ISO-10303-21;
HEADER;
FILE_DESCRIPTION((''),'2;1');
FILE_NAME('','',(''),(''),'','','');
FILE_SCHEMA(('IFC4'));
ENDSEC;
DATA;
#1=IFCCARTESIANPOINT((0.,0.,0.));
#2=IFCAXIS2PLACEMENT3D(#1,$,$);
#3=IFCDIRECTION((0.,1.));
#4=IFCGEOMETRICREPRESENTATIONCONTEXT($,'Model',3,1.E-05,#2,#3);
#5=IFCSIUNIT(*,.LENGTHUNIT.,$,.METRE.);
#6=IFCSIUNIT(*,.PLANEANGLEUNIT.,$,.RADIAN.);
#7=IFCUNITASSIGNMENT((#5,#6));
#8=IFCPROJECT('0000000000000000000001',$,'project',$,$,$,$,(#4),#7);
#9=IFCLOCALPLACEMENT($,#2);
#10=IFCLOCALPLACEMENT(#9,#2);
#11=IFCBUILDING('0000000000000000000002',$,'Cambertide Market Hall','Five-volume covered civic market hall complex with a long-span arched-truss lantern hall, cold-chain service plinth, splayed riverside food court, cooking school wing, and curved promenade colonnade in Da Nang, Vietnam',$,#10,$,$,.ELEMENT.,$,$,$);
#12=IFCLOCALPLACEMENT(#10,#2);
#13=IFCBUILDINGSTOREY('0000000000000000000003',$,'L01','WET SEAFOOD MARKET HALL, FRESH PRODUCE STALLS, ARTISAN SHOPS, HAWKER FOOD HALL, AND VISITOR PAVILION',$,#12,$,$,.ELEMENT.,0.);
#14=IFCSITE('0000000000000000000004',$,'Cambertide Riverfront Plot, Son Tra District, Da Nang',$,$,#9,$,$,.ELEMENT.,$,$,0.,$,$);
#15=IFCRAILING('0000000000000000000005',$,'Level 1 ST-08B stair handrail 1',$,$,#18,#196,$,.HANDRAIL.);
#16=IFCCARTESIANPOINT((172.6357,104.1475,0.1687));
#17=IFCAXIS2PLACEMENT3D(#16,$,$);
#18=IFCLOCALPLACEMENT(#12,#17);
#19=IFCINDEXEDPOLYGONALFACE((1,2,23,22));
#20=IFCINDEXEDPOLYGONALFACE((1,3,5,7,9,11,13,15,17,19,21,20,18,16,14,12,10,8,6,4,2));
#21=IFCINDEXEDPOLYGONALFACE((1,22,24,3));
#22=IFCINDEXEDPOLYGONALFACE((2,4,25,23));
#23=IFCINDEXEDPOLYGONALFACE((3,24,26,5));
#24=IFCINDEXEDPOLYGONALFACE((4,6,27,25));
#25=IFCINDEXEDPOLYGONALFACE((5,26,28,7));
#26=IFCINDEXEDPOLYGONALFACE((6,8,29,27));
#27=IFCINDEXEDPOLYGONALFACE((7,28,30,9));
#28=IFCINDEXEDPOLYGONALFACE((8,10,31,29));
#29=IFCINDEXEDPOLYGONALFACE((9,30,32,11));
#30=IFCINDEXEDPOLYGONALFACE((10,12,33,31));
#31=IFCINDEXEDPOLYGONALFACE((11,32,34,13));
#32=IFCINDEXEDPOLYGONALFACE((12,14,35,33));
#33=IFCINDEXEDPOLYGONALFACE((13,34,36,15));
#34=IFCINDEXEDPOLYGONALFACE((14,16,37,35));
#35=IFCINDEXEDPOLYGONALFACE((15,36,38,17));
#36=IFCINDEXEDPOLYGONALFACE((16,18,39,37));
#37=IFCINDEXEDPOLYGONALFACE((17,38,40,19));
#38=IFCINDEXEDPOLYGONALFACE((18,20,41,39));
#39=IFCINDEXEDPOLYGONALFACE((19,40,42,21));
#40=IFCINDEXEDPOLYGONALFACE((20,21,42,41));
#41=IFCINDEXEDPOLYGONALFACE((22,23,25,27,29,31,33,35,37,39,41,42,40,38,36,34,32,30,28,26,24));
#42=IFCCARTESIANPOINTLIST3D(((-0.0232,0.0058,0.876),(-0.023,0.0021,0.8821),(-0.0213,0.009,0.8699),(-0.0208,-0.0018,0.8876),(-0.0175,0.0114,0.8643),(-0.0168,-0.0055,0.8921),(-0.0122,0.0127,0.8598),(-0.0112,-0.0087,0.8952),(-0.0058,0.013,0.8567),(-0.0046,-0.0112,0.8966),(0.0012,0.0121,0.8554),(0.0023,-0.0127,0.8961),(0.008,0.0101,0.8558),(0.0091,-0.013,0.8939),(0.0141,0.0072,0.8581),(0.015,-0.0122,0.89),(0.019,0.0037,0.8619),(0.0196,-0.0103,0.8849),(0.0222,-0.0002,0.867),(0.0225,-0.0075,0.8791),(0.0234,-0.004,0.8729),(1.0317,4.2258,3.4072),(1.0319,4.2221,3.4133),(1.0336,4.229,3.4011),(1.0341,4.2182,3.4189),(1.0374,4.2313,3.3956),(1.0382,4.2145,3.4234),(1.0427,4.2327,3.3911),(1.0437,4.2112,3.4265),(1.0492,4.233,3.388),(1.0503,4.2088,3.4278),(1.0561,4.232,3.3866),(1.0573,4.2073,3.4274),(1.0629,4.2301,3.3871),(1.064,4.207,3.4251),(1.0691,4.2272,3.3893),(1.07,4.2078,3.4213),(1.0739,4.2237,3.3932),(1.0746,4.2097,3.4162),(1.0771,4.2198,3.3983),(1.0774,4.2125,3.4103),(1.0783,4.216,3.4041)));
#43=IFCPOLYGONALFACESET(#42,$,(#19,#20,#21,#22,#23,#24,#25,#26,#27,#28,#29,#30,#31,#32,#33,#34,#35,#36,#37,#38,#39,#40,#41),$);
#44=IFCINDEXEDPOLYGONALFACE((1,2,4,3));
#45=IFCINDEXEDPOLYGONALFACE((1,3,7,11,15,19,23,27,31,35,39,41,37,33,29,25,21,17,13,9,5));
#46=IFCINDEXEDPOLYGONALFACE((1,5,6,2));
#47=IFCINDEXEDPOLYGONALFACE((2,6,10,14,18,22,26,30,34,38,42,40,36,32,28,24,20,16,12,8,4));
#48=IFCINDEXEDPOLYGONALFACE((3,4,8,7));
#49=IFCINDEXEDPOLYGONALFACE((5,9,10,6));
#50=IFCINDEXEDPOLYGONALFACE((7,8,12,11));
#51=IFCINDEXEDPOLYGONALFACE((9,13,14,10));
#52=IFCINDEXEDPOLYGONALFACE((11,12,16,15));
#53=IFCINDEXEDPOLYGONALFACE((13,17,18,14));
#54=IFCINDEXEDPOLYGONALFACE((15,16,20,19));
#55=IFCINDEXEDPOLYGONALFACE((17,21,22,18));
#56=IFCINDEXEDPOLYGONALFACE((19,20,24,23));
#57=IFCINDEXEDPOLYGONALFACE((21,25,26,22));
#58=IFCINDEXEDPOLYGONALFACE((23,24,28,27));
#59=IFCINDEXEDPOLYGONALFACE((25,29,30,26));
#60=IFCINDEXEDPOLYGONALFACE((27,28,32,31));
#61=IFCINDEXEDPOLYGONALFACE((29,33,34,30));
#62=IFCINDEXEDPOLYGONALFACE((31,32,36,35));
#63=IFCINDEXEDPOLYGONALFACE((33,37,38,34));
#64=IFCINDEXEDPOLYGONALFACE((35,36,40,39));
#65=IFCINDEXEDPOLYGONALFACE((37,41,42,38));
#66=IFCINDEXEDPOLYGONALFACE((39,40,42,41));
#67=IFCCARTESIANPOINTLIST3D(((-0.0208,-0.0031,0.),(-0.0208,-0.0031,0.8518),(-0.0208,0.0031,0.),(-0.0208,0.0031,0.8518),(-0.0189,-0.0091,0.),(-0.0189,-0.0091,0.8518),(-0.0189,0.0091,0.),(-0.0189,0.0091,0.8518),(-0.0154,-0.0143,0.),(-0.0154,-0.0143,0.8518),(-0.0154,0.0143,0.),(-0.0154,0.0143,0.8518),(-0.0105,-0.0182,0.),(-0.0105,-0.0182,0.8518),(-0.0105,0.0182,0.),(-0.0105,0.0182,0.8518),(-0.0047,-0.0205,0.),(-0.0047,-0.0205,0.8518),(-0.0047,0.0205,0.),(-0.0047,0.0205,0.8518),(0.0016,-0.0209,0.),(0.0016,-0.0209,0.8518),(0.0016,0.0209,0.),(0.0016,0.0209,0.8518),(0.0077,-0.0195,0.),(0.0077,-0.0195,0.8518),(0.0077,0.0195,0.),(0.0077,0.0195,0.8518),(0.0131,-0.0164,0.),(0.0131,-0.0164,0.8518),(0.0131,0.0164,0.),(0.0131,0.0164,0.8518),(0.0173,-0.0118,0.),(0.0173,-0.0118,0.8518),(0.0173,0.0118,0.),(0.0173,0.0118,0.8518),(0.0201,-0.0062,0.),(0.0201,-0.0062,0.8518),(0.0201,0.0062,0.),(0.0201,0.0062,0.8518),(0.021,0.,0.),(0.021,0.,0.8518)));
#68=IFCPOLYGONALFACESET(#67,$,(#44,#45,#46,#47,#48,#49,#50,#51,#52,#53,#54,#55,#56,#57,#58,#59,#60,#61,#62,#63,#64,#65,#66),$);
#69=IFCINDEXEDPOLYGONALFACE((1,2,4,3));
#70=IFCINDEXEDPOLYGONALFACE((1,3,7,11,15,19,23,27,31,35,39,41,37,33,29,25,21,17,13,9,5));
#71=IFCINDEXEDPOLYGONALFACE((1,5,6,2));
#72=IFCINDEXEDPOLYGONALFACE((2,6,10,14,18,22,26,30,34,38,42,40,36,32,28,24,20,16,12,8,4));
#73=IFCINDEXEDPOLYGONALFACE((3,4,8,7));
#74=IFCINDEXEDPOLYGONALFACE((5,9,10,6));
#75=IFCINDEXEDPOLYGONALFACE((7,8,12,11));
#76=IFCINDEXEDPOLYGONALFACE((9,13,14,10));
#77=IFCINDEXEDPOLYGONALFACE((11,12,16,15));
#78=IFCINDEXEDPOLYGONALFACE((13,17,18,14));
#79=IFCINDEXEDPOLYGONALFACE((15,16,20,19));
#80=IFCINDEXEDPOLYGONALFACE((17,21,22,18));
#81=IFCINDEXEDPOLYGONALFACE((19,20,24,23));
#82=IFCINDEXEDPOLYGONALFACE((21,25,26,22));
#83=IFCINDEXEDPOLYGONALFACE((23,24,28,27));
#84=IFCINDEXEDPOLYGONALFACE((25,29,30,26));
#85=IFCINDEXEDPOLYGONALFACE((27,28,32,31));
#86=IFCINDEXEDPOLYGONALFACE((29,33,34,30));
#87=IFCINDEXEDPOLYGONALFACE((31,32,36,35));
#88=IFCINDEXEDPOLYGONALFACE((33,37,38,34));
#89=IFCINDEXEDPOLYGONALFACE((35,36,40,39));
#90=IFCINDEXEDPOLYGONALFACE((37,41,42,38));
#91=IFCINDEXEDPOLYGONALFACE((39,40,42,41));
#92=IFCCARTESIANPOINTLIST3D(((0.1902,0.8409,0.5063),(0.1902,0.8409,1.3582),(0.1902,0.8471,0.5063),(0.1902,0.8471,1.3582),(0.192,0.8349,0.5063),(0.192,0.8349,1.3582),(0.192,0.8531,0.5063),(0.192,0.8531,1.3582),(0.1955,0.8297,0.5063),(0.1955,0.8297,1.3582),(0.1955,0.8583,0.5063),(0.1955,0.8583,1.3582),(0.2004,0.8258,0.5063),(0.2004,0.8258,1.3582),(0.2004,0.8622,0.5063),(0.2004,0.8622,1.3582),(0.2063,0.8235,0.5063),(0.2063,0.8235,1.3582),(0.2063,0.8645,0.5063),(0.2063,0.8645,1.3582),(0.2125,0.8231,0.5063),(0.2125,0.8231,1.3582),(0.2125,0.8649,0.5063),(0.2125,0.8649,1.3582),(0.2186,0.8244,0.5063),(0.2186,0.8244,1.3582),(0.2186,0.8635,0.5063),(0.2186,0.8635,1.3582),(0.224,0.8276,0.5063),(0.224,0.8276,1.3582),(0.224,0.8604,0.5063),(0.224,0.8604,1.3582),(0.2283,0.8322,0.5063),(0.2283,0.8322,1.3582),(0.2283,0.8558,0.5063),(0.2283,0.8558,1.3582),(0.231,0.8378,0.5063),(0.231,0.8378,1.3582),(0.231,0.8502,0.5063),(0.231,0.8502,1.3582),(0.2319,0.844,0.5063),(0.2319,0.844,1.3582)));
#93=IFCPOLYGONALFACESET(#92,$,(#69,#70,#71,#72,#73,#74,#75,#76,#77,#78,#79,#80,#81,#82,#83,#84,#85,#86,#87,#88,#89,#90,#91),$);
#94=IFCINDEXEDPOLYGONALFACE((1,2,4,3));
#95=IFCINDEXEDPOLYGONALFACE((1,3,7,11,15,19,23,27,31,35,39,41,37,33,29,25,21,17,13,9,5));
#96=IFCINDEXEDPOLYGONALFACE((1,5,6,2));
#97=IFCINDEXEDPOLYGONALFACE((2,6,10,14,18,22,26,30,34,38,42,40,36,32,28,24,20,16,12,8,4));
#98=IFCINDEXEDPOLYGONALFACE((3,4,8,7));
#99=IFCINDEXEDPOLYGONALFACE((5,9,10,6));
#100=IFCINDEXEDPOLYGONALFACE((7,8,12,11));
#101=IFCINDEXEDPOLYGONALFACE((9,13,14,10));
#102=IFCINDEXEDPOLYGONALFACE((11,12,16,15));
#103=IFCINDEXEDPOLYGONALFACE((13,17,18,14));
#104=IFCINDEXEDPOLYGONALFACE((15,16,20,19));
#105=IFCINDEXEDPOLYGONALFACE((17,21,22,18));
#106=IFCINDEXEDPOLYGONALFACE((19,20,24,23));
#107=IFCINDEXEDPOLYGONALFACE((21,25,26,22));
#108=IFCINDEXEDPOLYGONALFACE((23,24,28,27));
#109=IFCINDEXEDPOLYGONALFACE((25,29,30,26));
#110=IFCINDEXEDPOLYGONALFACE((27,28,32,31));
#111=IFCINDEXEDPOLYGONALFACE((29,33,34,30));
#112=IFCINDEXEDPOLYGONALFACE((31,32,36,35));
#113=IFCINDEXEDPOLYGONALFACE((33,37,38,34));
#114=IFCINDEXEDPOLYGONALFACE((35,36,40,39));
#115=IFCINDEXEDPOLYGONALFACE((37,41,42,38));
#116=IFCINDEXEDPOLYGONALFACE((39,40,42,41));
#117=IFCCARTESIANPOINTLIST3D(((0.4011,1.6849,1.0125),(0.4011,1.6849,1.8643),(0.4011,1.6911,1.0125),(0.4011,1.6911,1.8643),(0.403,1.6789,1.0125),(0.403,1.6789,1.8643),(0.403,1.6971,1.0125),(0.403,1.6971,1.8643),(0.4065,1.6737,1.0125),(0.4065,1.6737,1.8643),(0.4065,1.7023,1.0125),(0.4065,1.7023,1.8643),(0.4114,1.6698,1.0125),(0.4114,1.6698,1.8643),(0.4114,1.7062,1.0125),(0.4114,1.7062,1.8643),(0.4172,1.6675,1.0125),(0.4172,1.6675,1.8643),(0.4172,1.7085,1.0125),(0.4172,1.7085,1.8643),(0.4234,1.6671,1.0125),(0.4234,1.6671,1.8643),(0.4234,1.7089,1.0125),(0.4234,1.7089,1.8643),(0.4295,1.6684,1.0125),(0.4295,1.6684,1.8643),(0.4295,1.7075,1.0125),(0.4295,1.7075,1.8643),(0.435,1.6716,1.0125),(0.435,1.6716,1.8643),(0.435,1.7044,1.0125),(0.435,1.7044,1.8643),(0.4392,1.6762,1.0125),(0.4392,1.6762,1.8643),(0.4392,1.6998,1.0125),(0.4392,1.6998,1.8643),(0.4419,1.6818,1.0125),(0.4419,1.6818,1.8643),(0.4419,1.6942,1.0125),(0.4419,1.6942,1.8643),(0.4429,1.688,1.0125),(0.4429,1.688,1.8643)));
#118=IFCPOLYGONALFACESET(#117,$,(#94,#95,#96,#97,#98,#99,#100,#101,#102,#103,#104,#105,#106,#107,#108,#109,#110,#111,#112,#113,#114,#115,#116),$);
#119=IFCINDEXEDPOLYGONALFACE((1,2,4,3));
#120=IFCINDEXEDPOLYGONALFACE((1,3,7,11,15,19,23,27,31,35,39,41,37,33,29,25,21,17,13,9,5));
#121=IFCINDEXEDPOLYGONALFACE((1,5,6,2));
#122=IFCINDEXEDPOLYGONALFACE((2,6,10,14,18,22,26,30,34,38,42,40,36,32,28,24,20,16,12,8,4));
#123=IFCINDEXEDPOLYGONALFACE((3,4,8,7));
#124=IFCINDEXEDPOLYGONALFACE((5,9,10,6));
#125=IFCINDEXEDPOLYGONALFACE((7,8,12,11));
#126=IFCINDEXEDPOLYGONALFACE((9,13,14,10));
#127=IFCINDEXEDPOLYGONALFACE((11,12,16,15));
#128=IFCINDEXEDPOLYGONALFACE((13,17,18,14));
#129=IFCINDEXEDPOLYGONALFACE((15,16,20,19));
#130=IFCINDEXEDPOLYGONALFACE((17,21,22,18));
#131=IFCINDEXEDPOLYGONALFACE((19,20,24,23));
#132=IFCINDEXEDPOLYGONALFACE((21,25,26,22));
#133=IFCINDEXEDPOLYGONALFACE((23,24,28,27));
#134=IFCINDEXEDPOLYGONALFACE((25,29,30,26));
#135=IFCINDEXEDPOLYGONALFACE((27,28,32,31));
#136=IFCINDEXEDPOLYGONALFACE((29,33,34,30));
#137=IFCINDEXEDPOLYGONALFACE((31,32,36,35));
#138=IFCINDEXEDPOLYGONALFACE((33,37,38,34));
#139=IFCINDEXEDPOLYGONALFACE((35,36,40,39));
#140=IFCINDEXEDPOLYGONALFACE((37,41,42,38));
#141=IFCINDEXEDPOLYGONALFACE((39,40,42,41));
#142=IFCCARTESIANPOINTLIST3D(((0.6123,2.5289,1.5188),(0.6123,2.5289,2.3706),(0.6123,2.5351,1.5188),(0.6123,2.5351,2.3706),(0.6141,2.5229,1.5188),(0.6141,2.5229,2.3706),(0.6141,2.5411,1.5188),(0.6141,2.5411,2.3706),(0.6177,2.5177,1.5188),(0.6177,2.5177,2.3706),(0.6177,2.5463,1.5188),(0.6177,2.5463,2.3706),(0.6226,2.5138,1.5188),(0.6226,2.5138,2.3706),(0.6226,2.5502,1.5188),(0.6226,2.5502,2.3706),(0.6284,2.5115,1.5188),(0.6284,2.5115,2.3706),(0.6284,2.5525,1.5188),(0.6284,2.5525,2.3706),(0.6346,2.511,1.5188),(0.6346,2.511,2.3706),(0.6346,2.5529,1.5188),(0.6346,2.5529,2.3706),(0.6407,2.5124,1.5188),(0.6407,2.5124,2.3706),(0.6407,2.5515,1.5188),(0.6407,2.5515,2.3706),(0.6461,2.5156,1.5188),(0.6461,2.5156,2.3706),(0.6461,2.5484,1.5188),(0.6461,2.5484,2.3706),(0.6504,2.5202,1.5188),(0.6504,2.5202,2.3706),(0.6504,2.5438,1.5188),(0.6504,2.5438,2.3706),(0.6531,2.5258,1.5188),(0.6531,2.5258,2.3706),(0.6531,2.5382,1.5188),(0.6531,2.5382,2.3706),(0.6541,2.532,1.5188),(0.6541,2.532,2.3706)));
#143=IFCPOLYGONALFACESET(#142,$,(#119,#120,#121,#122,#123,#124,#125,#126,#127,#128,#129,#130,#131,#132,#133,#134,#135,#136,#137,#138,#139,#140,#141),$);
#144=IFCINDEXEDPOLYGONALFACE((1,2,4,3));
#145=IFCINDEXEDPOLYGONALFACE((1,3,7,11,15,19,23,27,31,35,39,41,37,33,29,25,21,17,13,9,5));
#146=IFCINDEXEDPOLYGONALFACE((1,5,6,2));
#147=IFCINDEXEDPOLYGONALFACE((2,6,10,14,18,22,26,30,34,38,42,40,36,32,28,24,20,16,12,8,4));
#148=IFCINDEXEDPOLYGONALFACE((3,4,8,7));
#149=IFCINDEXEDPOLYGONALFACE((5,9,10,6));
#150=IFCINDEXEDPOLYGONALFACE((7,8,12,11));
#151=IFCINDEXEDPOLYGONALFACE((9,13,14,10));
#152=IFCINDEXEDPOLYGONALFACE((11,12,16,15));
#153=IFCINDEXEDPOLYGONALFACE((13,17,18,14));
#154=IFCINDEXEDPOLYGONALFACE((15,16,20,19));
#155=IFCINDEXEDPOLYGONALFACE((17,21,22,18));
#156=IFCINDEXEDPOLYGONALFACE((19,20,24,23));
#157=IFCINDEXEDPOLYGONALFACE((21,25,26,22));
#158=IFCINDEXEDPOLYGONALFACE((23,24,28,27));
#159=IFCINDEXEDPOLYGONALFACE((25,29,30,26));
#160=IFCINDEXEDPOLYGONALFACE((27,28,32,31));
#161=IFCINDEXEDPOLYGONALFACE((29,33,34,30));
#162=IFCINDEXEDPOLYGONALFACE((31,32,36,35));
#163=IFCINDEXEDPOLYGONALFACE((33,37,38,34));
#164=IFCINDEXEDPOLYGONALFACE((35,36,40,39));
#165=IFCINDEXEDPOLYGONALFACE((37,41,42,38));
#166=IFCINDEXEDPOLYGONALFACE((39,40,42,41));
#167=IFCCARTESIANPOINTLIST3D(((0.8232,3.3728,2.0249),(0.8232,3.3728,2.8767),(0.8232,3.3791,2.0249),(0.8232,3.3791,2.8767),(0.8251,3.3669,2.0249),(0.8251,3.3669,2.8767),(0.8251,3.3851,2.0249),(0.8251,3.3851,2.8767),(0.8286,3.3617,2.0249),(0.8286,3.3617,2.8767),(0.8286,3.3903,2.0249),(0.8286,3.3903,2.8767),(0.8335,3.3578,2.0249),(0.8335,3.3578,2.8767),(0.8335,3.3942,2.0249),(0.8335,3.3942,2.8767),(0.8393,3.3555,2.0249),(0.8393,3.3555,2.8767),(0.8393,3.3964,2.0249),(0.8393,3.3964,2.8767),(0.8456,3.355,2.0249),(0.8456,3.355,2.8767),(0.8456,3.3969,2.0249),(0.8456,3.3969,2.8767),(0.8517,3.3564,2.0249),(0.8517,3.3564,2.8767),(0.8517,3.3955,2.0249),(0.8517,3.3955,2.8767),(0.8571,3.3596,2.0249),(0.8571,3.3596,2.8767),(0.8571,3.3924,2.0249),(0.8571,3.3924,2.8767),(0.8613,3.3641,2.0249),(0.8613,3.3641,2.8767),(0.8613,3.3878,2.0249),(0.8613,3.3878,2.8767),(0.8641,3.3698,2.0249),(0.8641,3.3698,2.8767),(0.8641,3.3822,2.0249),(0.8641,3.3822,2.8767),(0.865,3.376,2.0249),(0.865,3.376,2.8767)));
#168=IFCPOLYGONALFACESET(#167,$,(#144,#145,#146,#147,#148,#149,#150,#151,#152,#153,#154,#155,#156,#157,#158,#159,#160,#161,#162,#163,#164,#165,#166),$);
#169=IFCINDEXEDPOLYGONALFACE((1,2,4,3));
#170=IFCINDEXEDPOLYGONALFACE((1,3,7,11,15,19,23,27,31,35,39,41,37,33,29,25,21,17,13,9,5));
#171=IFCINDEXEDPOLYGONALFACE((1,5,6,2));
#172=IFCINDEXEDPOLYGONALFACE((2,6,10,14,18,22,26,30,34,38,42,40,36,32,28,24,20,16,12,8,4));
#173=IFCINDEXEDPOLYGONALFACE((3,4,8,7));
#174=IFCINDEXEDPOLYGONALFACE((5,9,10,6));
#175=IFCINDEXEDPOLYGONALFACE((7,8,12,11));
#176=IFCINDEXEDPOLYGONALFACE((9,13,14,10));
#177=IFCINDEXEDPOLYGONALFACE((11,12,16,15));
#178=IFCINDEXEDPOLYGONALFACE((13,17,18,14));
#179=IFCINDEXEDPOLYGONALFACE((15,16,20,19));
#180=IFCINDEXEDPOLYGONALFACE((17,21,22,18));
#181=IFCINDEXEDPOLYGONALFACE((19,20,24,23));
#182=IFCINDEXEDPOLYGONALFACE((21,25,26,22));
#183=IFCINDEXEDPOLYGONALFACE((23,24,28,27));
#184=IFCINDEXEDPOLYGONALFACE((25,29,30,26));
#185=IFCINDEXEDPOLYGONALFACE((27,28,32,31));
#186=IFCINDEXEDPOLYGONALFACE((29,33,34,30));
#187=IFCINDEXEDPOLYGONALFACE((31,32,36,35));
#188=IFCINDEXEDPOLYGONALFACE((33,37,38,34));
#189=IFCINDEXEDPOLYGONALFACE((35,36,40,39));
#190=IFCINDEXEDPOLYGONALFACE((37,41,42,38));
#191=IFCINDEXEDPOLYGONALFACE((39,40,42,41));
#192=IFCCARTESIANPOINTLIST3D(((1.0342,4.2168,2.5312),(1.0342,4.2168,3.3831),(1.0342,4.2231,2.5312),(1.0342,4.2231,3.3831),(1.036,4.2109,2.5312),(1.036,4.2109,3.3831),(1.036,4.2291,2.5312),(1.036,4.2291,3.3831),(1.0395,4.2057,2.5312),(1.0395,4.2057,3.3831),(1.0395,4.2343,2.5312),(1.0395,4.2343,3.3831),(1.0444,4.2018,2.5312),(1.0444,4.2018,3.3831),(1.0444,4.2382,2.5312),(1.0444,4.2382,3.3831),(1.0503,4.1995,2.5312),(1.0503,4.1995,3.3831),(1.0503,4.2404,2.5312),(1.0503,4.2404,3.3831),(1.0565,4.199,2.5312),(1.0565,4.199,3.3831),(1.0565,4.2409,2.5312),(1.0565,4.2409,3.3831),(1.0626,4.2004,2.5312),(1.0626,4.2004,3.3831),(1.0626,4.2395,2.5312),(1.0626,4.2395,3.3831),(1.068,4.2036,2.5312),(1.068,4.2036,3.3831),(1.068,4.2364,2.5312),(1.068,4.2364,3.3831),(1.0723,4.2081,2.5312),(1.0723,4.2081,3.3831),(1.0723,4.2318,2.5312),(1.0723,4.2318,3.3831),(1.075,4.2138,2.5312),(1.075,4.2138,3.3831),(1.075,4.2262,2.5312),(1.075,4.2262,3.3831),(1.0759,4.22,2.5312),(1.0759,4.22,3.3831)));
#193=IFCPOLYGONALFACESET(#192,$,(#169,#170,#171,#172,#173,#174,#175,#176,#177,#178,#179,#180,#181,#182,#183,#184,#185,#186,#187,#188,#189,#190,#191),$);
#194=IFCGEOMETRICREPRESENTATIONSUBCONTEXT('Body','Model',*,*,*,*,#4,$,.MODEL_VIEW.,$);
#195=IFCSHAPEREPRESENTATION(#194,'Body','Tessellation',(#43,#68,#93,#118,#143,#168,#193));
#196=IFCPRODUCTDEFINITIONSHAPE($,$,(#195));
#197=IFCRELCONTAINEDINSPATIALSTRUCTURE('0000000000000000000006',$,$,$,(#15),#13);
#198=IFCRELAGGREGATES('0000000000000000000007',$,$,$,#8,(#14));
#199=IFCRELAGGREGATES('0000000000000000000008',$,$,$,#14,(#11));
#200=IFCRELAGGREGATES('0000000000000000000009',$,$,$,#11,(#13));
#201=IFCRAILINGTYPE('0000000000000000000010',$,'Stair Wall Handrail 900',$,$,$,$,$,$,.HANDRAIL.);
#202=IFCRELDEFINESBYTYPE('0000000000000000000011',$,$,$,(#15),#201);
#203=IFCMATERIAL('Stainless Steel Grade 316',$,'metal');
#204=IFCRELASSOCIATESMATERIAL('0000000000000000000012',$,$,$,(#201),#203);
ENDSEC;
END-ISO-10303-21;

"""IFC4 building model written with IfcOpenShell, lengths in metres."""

from ifc_helpers import new_model, si_unit, direction, frame, origin, origin_2d, place, context, subcontext, project, spatial, circle, extrude, material, type_object, element, save


model = new_model("IFC4")

# Units and contexts
model_context = context("Model", 3, precision=1e-05, world=origin(), true_north=direction((0.0, 1.0)))
body_context = subcontext(model_context, "Body", "Model", "MODEL_VIEW")
ifc_project = project(units=[si_unit("LENGTHUNIT", "METRE"), si_unit("PLANEANGLEUNIT", "RADIAN")], contexts=[model_context])

# Site, building, storey
site_placement = place(None, origin())
site = spatial("IfcSite", under=ifc_project, at=site_placement, Name="Cambertide Riverfront Plot, Son Tra District, Da Nang", CompositionType="ELEMENT", RefElevation=0.0)
building_placement = place(site_placement, origin())
building = spatial("IfcBuilding", under=site, at=building_placement, Name="Cambertide Market Hall", Description="Five-volume covered civic market hall complex with a long-span arched-truss lantern hall, cold-chain service plinth, splayed riverside food court, cooking school wing, and curved promenade colonnade in Da Nang, Vietnam", CompositionType="ELEMENT")
storey_placement = place(building_placement, origin())
storey = spatial("IfcBuildingStorey", under=building, at=storey_placement, Name="L01", Description="WET SEAFOOD MARKET HALL, FRESH PRODUCE STALLS, ARTISAN SHOPS, HAWKER FOOD HALL, AND VISITOR PAVILION", CompositionType="ELEMENT", Elevation=0.0)

# Railing
ifc_material_1 = material(Name="Stainless Steel Grade 316", Category="metal")
railing_type_1 = type_object("IfcRailingType", Name="Stair Wall Handrail 900", PredefinedType="HANDRAIL", material=ifc_material_1)
railing_1_placement = place(storey_placement, frame((172.6357, 104.1475, 0.1687)))
element("IfcRailing", 1, at=railing_1_placement, inside=storey, type_object=railing_type_1, Name="Level 1 ST-08B stair handrail 1", PredefinedType="HANDRAIL", context=body_context, shape_type="SweptSolid", body=[
    extrude(circle(Radius=0.0239, at=origin_2d()), frame((0.0, 0.0, 0.876), z_axis=(0.209615, 0.838507, 0.502959), x_axis=(-0.970146, 0.242522, 0.0)), (0.0, 0.0, 1.0), 5.0327),
    extrude(circle(Radius=0.021, at=origin_2d()), origin(), (0.0, 0.0, 1.0), 0.8518),
    extrude(circle(Radius=0.021, at=origin_2d()), frame((0.2109, 0.844, 0.5063)), (0.0, 0.0, 1.0), 0.8518),
    extrude(circle(Radius=0.021, at=origin_2d()), frame((0.4219, 1.688, 1.0125)), (0.0, 0.0, 1.0), 0.8518),
    extrude(circle(Radius=0.021, at=origin_2d()), frame((0.6331, 2.532, 1.5188)), (0.0, 0.0, 1.0), 0.8518),
    extrude(circle(Radius=0.021, at=origin_2d()), frame((0.844, 3.376, 2.0249)), (0.0, 0.0, 1.0), 0.8518),
    extrude(circle(Radius=0.021, at=origin_2d()), frame((1.0549, 4.22, 2.5312)), (0.0, 0.0, 1.0), 0.8518),
])

save(model, "model.ifc")
